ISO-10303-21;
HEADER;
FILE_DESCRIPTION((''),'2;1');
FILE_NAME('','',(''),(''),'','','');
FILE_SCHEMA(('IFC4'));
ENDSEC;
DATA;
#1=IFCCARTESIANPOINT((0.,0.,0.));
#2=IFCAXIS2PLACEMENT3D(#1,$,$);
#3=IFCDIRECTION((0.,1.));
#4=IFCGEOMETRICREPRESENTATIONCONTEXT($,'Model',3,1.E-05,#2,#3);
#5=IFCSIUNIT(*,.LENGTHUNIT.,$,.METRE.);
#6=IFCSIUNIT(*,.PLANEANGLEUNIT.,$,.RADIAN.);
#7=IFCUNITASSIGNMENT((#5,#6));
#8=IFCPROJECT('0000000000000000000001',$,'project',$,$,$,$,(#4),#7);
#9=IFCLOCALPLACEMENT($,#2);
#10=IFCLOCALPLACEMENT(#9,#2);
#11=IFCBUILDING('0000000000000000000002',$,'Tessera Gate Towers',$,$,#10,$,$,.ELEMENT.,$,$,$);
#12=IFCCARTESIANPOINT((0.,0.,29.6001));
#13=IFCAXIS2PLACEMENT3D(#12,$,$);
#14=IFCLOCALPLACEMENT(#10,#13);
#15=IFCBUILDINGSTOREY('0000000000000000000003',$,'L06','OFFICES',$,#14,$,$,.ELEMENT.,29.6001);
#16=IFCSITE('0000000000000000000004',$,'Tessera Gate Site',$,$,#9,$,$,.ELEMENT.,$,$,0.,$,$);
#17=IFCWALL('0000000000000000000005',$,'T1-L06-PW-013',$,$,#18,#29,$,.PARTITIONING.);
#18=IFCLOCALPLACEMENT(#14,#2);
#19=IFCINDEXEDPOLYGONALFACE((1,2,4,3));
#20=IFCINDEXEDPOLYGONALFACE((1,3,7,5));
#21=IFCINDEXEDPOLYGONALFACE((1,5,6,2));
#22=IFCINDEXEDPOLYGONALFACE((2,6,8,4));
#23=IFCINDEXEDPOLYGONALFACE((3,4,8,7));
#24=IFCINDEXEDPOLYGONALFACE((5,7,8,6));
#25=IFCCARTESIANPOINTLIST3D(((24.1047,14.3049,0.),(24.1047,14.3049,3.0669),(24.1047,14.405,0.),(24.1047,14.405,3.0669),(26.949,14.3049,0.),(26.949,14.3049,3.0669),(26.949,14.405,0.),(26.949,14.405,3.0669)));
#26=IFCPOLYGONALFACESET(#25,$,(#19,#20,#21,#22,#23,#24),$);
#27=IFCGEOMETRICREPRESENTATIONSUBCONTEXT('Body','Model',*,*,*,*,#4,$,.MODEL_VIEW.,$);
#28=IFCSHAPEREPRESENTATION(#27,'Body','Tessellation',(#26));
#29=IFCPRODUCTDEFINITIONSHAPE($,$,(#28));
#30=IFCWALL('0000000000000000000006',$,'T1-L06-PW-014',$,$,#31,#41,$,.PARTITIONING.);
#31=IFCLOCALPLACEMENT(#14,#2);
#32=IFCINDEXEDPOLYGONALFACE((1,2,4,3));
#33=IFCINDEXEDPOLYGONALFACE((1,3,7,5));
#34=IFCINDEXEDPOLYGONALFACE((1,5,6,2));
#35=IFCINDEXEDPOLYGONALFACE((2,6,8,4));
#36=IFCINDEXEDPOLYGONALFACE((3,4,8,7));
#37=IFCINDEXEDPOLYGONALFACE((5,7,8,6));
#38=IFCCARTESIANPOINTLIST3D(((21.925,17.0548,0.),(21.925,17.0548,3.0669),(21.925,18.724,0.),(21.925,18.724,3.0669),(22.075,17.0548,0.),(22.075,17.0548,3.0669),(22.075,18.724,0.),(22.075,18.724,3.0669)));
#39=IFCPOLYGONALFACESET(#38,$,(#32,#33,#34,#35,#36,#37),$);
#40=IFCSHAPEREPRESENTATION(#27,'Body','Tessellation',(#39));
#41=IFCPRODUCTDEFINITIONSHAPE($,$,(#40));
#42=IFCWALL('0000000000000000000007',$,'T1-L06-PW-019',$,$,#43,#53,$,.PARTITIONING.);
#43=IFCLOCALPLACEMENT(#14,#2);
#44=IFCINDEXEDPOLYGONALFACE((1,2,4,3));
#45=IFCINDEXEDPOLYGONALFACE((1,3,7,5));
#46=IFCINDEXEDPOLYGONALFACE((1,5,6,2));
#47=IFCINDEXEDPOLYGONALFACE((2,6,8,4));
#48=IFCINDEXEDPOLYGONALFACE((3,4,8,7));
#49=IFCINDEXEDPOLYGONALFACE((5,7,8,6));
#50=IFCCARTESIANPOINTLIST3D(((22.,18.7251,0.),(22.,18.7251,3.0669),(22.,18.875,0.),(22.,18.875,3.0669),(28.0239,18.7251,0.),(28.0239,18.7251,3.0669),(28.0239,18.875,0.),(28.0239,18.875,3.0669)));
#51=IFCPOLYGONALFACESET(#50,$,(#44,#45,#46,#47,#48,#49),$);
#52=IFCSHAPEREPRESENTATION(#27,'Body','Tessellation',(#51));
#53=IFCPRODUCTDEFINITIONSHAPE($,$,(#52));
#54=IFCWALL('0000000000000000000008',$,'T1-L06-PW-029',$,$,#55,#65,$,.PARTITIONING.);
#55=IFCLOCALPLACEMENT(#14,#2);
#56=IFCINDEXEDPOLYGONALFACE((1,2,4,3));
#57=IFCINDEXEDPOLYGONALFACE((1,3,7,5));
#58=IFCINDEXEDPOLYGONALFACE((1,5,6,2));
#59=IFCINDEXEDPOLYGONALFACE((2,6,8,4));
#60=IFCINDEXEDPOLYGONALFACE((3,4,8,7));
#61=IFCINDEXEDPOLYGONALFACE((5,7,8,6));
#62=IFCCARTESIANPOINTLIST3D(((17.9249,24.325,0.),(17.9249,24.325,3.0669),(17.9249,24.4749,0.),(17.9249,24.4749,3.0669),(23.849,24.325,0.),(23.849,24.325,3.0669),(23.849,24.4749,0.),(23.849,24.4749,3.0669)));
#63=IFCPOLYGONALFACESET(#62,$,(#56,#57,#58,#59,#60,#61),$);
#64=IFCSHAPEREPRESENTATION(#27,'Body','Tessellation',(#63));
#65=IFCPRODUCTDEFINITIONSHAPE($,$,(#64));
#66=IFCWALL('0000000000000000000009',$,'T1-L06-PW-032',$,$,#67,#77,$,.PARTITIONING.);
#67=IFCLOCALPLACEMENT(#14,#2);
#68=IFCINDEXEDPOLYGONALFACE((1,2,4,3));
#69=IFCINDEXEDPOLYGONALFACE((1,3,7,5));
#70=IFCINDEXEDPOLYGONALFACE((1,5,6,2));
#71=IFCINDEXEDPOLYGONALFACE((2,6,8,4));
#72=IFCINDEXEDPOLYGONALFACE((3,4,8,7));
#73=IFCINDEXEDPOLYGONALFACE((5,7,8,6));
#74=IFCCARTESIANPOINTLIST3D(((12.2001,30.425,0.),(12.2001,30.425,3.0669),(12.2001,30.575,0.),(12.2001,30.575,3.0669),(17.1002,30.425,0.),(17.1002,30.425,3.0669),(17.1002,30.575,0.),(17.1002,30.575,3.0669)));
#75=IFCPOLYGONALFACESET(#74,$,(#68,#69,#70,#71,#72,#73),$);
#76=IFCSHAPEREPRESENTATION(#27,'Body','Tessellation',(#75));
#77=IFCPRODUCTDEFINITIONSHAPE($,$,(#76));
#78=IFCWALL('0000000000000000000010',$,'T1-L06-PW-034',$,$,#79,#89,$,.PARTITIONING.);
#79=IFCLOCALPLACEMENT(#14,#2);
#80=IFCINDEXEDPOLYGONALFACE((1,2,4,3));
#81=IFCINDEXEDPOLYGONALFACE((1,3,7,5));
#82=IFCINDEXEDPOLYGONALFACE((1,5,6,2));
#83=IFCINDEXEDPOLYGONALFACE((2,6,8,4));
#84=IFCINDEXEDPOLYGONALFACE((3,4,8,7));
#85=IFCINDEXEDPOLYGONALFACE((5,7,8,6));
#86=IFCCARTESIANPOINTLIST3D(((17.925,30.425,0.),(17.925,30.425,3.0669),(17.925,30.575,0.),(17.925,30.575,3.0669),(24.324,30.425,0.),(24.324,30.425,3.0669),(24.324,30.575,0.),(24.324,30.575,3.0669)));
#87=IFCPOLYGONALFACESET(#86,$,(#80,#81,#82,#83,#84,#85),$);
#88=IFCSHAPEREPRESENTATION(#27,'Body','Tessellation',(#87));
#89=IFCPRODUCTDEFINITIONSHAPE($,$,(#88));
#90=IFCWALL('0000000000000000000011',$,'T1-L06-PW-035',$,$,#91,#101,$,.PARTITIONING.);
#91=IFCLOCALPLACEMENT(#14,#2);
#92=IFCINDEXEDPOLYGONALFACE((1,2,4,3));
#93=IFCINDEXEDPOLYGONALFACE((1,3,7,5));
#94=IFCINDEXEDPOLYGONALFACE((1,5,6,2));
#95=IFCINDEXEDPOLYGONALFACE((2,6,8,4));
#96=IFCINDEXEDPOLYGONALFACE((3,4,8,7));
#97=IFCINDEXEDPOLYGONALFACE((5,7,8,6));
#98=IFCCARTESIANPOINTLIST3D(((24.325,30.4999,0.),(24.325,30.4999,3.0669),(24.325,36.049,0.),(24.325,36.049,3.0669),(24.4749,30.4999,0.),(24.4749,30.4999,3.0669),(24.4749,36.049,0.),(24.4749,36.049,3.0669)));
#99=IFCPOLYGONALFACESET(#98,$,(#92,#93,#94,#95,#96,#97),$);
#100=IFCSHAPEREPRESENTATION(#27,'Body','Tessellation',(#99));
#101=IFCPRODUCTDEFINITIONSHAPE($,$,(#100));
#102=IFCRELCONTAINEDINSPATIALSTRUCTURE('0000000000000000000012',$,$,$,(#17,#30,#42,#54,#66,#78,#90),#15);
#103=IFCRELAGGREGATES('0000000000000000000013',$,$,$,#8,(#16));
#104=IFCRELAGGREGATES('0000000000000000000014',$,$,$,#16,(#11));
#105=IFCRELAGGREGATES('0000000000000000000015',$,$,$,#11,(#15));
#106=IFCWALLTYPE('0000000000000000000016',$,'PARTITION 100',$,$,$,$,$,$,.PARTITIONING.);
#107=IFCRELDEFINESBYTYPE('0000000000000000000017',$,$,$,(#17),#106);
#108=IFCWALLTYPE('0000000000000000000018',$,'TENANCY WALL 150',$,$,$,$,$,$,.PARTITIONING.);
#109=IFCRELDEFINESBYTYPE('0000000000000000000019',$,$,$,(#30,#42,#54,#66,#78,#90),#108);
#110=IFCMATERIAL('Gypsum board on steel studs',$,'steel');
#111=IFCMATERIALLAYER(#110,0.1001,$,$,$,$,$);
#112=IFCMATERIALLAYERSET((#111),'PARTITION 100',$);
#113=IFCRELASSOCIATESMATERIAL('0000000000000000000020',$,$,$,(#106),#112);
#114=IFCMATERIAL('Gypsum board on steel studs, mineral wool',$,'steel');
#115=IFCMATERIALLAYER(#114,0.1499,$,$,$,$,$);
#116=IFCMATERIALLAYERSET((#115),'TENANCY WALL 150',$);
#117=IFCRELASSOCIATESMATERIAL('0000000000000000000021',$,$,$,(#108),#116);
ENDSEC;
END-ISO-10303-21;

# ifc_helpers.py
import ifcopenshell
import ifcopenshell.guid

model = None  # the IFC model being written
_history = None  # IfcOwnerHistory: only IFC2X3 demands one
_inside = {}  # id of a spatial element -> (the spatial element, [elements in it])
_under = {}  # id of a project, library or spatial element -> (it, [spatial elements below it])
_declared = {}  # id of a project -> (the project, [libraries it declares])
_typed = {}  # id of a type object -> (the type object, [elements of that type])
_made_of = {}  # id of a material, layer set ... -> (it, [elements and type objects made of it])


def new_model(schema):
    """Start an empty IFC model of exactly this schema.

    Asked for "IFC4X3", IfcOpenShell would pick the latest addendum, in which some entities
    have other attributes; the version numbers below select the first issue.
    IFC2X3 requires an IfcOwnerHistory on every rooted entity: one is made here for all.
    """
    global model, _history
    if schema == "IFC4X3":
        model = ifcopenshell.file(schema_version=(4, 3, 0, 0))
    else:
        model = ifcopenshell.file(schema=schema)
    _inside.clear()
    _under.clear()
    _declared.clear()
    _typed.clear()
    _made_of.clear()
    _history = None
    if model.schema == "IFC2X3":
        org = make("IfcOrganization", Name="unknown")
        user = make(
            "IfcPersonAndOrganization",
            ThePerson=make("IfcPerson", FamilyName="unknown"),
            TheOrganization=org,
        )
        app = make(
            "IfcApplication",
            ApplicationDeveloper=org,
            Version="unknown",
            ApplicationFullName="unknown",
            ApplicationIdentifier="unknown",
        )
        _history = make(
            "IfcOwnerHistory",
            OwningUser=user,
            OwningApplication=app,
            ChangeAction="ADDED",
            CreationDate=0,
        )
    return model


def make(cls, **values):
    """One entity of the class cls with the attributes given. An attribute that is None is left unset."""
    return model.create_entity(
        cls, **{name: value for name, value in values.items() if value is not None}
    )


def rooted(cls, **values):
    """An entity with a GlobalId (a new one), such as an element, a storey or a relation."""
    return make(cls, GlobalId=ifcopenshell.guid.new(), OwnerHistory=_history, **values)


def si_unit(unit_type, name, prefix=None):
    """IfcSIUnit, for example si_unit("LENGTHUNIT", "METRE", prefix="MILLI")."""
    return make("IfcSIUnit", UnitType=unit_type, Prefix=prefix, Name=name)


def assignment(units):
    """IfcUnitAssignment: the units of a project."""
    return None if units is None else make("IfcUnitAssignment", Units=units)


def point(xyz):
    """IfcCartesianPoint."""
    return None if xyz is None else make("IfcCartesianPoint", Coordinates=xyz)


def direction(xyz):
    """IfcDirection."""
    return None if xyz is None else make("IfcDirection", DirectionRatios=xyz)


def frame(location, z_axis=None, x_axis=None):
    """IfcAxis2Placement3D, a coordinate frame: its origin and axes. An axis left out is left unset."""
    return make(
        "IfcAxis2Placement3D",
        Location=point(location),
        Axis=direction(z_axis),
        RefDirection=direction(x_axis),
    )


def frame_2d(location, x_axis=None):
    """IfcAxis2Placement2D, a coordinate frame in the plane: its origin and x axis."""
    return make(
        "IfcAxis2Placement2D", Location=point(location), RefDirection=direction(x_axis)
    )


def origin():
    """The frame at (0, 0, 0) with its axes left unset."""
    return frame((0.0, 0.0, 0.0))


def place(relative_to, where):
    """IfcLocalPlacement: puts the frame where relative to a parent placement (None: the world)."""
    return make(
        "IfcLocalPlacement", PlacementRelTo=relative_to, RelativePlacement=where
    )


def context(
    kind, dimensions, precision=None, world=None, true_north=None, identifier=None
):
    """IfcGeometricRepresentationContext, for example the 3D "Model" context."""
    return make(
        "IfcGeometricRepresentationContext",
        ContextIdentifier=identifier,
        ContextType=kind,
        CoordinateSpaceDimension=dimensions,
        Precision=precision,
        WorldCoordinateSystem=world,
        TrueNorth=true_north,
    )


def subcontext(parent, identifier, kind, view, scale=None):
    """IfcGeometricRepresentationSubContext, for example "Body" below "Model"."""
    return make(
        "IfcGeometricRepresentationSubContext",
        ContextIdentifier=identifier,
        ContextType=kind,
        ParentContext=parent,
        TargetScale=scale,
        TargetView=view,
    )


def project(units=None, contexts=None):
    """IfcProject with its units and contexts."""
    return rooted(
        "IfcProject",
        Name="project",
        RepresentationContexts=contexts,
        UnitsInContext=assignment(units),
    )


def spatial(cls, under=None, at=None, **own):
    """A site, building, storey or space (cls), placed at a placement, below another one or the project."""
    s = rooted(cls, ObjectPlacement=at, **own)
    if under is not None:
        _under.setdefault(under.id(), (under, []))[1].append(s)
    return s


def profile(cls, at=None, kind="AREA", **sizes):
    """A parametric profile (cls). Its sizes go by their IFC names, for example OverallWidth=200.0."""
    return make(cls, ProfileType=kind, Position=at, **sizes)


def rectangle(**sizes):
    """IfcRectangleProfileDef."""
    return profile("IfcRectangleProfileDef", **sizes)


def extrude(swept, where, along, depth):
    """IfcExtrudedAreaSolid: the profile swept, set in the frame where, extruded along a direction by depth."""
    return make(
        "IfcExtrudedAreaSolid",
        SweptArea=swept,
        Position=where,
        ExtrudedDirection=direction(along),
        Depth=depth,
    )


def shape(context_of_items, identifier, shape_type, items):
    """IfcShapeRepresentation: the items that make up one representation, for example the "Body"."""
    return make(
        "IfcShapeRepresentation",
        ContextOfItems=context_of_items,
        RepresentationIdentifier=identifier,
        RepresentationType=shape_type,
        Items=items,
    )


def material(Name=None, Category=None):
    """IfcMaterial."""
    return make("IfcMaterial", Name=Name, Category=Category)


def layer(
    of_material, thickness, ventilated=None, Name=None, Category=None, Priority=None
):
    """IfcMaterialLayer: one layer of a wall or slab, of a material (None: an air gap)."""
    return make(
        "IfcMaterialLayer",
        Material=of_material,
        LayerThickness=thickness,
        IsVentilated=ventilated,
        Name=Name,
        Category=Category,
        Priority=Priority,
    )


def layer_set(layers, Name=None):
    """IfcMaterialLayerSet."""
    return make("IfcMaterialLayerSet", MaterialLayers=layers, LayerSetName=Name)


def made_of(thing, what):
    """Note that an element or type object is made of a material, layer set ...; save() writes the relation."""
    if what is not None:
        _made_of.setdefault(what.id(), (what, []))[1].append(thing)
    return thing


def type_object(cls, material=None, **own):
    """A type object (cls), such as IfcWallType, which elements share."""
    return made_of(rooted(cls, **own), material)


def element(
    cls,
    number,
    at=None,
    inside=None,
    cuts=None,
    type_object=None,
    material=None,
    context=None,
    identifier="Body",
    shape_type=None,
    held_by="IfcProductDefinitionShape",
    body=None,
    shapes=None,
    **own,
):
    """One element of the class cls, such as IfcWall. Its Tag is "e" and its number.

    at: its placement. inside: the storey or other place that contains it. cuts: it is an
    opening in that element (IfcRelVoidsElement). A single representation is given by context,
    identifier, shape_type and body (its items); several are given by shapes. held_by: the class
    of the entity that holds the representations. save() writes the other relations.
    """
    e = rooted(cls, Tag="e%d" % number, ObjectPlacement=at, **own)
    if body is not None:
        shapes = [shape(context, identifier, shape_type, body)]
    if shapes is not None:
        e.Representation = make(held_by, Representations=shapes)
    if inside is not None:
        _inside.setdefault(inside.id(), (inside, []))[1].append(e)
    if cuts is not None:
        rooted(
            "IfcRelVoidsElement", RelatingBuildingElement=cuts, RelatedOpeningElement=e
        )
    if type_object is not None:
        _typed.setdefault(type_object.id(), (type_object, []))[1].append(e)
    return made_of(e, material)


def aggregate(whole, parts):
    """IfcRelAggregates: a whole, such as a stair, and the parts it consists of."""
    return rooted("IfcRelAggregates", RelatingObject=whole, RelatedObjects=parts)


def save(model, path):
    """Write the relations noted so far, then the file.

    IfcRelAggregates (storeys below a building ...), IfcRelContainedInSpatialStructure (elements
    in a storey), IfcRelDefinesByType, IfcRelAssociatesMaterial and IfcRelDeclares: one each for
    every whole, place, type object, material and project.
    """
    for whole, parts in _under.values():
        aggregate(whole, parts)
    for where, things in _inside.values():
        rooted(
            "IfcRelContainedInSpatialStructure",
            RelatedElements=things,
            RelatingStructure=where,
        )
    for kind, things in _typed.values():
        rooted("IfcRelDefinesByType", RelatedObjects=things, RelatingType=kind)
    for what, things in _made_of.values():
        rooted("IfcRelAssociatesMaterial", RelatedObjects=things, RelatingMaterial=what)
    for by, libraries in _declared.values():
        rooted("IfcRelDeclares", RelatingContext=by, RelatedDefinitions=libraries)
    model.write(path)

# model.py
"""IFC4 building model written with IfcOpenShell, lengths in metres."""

from ifc_helpers import new_model, si_unit, direction, frame, frame_2d, origin, place, context, subcontext, project, spatial, rectangle, extrude, material, layer, layer_set, type_object, element, save


model = new_model("IFC4")

# Units and contexts
model_context = context("Model", 3, precision=1e-05, world=origin(), true_north=direction((0.0, 1.0)))
body_context = subcontext(model_context, "Body", "Model", "MODEL_VIEW")
ifc_project = project(units=[si_unit("LENGTHUNIT", "METRE"), si_unit("PLANEANGLEUNIT", "RADIAN")], contexts=[model_context])

# Site, building, storey
site_placement = place(None, origin())
site = spatial("IfcSite", under=ifc_project, at=site_placement, Name="Tessera Gate Site", CompositionType="ELEMENT", RefElevation=0.0)
building_placement = place(site_placement, origin())
building = spatial("IfcBuilding", under=site, at=building_placement, Name="Tessera Gate Towers", CompositionType="ELEMENT")
storey_placement = place(building_placement, frame((0.0, 0.0, 29.6001)))
storey = spatial("IfcBuildingStorey", under=building, at=storey_placement, Name="L06", Description="OFFICES", CompositionType="ELEMENT", Elevation=29.6001)

# Walls
ifc_material_1 = material(Name="Gypsum board on steel studs", Category="steel")
ifc_layer_1 = layer(ifc_material_1, 0.1001)
ifc_layer_set_1 = layer_set([ifc_layer_1], Name="PARTITION 100")
wall_type_1 = type_object("IfcWallType", Name="PARTITION 100", PredefinedType="PARTITIONING", material=ifc_layer_set_1)
wall_1_placement = place(storey_placement, frame((24.1047, 14.355, 0.0), z_axis=(0.0, 0.0, 1.0), x_axis=(1.0, 0.0, 0.0)))
element("IfcWall", 1, at=wall_1_placement, inside=storey, type_object=wall_type_1, Name="T1-L06-PW-013", PredefinedType="PARTITIONING", context=body_context, shape_type="SweptSolid", body=[
    extrude(rectangle(XDim=2.8442, YDim=0.1001, at=frame_2d((1.4221, 0.0))), origin(), (0.0, 0.0, 1.0), 3.0669),
])
ifc_material_2 = material(Name="Gypsum board on steel studs, mineral wool", Category="steel")
ifc_layer_2 = layer(ifc_material_2, 0.1499)
ifc_layer_set_2 = layer_set([ifc_layer_2], Name="TENANCY WALL 150")
wall_type_2 = type_object("IfcWallType", Name="TENANCY WALL 150", PredefinedType="PARTITIONING", material=ifc_layer_set_2)
wall_2_placement = place(storey_placement, frame((22.0, 17.0549, 0.0), z_axis=(0.0, 0.0, 1.0), x_axis=(0.0, 1.0, 0.0)))
element("IfcWall", 2, at=wall_2_placement, inside=storey, type_object=wall_type_2, Name="T1-L06-PW-014", PredefinedType="PARTITIONING", context=body_context, shape_type="SweptSolid", body=[
    extrude(rectangle(XDim=1.6692, YDim=0.1499, at=frame_2d((0.8345, 0.0))), origin(), (0.0, 0.0, 1.0), 3.0669),
])
wall_3_placement = place(storey_placement, frame((22.0, 18.8, 0.0), z_axis=(0.0, 0.0, 1.0), x_axis=(1.0, 0.0, 0.0)))
element("IfcWall", 3, at=wall_3_placement, inside=storey, type_object=wall_type_2, Name="T1-L06-PW-019", PredefinedType="PARTITIONING", context=body_context, shape_type="SweptSolid", body=[
    extrude(rectangle(XDim=6.0239, YDim=0.1499, at=frame_2d((3.012, 0.0))), origin(), (0.0, 0.0, 1.0), 3.0669),
])
wall_4_placement = place(storey_placement, frame((17.925, 24.3999, 0.0), z_axis=(0.0, 0.0, 1.0), x_axis=(1.0, 0.0, 0.0)))
element("IfcWall", 4, at=wall_4_placement, inside=storey, type_object=wall_type_2, Name="T1-L06-PW-029", PredefinedType="PARTITIONING", context=body_context, shape_type="SweptSolid", body=[
    extrude(rectangle(XDim=5.9241, YDim=0.1499, at=frame_2d((2.9619, 0.0))), origin(), (0.0, 0.0, 1.0), 3.0669),
])
wall_5_placement = place(storey_placement, frame((12.2, 30.5, 0.0), z_axis=(0.0, 0.0, 1.0), x_axis=(1.0, 0.0, 0.0)))
element("IfcWall", 5, at=wall_5_placement, inside=storey, type_object=wall_type_2, Name="T1-L06-PW-032", PredefinedType="PARTITIONING", context=body_context, shape_type="SweptSolid", body=[
    extrude(rectangle(XDim=4.9001, YDim=0.1499, at=frame_2d((2.4502, 0.0))), origin(), (0.0, 0.0, 1.0), 3.0669),
])
wall_6_placement = place(storey_placement, frame((17.925, 30.5, 0.0), z_axis=(0.0, 0.0, 1.0), x_axis=(1.0, 0.0, 0.0)))
element("IfcWall", 6, at=wall_6_placement, inside=storey, type_object=wall_type_2, Name="T1-L06-PW-034", PredefinedType="PARTITIONING", context=body_context, shape_type="SweptSolid", body=[
    extrude(rectangle(XDim=6.3989, YDim=0.1499, at=frame_2d((3.1995, 0.0))), origin(), (0.0, 0.0, 1.0), 3.0669),
])
wall_7_placement = place(storey_placement, frame((24.3999, 30.5, 0.0), z_axis=(0.0, 0.0, 1.0), x_axis=(0.0, 1.0, 0.0)))
element("IfcWall", 7, at=wall_7_placement, inside=storey, type_object=wall_type_2, Name="T1-L06-PW-035", PredefinedType="PARTITIONING", context=body_context, shape_type="SweptSolid", body=[
    extrude(rectangle(XDim=5.5491, YDim=0.1499, at=frame_2d((2.7744, 0.0))), origin(), (0.0, 0.0, 1.0), 3.0669),
])

save(model, "model.ifc")
